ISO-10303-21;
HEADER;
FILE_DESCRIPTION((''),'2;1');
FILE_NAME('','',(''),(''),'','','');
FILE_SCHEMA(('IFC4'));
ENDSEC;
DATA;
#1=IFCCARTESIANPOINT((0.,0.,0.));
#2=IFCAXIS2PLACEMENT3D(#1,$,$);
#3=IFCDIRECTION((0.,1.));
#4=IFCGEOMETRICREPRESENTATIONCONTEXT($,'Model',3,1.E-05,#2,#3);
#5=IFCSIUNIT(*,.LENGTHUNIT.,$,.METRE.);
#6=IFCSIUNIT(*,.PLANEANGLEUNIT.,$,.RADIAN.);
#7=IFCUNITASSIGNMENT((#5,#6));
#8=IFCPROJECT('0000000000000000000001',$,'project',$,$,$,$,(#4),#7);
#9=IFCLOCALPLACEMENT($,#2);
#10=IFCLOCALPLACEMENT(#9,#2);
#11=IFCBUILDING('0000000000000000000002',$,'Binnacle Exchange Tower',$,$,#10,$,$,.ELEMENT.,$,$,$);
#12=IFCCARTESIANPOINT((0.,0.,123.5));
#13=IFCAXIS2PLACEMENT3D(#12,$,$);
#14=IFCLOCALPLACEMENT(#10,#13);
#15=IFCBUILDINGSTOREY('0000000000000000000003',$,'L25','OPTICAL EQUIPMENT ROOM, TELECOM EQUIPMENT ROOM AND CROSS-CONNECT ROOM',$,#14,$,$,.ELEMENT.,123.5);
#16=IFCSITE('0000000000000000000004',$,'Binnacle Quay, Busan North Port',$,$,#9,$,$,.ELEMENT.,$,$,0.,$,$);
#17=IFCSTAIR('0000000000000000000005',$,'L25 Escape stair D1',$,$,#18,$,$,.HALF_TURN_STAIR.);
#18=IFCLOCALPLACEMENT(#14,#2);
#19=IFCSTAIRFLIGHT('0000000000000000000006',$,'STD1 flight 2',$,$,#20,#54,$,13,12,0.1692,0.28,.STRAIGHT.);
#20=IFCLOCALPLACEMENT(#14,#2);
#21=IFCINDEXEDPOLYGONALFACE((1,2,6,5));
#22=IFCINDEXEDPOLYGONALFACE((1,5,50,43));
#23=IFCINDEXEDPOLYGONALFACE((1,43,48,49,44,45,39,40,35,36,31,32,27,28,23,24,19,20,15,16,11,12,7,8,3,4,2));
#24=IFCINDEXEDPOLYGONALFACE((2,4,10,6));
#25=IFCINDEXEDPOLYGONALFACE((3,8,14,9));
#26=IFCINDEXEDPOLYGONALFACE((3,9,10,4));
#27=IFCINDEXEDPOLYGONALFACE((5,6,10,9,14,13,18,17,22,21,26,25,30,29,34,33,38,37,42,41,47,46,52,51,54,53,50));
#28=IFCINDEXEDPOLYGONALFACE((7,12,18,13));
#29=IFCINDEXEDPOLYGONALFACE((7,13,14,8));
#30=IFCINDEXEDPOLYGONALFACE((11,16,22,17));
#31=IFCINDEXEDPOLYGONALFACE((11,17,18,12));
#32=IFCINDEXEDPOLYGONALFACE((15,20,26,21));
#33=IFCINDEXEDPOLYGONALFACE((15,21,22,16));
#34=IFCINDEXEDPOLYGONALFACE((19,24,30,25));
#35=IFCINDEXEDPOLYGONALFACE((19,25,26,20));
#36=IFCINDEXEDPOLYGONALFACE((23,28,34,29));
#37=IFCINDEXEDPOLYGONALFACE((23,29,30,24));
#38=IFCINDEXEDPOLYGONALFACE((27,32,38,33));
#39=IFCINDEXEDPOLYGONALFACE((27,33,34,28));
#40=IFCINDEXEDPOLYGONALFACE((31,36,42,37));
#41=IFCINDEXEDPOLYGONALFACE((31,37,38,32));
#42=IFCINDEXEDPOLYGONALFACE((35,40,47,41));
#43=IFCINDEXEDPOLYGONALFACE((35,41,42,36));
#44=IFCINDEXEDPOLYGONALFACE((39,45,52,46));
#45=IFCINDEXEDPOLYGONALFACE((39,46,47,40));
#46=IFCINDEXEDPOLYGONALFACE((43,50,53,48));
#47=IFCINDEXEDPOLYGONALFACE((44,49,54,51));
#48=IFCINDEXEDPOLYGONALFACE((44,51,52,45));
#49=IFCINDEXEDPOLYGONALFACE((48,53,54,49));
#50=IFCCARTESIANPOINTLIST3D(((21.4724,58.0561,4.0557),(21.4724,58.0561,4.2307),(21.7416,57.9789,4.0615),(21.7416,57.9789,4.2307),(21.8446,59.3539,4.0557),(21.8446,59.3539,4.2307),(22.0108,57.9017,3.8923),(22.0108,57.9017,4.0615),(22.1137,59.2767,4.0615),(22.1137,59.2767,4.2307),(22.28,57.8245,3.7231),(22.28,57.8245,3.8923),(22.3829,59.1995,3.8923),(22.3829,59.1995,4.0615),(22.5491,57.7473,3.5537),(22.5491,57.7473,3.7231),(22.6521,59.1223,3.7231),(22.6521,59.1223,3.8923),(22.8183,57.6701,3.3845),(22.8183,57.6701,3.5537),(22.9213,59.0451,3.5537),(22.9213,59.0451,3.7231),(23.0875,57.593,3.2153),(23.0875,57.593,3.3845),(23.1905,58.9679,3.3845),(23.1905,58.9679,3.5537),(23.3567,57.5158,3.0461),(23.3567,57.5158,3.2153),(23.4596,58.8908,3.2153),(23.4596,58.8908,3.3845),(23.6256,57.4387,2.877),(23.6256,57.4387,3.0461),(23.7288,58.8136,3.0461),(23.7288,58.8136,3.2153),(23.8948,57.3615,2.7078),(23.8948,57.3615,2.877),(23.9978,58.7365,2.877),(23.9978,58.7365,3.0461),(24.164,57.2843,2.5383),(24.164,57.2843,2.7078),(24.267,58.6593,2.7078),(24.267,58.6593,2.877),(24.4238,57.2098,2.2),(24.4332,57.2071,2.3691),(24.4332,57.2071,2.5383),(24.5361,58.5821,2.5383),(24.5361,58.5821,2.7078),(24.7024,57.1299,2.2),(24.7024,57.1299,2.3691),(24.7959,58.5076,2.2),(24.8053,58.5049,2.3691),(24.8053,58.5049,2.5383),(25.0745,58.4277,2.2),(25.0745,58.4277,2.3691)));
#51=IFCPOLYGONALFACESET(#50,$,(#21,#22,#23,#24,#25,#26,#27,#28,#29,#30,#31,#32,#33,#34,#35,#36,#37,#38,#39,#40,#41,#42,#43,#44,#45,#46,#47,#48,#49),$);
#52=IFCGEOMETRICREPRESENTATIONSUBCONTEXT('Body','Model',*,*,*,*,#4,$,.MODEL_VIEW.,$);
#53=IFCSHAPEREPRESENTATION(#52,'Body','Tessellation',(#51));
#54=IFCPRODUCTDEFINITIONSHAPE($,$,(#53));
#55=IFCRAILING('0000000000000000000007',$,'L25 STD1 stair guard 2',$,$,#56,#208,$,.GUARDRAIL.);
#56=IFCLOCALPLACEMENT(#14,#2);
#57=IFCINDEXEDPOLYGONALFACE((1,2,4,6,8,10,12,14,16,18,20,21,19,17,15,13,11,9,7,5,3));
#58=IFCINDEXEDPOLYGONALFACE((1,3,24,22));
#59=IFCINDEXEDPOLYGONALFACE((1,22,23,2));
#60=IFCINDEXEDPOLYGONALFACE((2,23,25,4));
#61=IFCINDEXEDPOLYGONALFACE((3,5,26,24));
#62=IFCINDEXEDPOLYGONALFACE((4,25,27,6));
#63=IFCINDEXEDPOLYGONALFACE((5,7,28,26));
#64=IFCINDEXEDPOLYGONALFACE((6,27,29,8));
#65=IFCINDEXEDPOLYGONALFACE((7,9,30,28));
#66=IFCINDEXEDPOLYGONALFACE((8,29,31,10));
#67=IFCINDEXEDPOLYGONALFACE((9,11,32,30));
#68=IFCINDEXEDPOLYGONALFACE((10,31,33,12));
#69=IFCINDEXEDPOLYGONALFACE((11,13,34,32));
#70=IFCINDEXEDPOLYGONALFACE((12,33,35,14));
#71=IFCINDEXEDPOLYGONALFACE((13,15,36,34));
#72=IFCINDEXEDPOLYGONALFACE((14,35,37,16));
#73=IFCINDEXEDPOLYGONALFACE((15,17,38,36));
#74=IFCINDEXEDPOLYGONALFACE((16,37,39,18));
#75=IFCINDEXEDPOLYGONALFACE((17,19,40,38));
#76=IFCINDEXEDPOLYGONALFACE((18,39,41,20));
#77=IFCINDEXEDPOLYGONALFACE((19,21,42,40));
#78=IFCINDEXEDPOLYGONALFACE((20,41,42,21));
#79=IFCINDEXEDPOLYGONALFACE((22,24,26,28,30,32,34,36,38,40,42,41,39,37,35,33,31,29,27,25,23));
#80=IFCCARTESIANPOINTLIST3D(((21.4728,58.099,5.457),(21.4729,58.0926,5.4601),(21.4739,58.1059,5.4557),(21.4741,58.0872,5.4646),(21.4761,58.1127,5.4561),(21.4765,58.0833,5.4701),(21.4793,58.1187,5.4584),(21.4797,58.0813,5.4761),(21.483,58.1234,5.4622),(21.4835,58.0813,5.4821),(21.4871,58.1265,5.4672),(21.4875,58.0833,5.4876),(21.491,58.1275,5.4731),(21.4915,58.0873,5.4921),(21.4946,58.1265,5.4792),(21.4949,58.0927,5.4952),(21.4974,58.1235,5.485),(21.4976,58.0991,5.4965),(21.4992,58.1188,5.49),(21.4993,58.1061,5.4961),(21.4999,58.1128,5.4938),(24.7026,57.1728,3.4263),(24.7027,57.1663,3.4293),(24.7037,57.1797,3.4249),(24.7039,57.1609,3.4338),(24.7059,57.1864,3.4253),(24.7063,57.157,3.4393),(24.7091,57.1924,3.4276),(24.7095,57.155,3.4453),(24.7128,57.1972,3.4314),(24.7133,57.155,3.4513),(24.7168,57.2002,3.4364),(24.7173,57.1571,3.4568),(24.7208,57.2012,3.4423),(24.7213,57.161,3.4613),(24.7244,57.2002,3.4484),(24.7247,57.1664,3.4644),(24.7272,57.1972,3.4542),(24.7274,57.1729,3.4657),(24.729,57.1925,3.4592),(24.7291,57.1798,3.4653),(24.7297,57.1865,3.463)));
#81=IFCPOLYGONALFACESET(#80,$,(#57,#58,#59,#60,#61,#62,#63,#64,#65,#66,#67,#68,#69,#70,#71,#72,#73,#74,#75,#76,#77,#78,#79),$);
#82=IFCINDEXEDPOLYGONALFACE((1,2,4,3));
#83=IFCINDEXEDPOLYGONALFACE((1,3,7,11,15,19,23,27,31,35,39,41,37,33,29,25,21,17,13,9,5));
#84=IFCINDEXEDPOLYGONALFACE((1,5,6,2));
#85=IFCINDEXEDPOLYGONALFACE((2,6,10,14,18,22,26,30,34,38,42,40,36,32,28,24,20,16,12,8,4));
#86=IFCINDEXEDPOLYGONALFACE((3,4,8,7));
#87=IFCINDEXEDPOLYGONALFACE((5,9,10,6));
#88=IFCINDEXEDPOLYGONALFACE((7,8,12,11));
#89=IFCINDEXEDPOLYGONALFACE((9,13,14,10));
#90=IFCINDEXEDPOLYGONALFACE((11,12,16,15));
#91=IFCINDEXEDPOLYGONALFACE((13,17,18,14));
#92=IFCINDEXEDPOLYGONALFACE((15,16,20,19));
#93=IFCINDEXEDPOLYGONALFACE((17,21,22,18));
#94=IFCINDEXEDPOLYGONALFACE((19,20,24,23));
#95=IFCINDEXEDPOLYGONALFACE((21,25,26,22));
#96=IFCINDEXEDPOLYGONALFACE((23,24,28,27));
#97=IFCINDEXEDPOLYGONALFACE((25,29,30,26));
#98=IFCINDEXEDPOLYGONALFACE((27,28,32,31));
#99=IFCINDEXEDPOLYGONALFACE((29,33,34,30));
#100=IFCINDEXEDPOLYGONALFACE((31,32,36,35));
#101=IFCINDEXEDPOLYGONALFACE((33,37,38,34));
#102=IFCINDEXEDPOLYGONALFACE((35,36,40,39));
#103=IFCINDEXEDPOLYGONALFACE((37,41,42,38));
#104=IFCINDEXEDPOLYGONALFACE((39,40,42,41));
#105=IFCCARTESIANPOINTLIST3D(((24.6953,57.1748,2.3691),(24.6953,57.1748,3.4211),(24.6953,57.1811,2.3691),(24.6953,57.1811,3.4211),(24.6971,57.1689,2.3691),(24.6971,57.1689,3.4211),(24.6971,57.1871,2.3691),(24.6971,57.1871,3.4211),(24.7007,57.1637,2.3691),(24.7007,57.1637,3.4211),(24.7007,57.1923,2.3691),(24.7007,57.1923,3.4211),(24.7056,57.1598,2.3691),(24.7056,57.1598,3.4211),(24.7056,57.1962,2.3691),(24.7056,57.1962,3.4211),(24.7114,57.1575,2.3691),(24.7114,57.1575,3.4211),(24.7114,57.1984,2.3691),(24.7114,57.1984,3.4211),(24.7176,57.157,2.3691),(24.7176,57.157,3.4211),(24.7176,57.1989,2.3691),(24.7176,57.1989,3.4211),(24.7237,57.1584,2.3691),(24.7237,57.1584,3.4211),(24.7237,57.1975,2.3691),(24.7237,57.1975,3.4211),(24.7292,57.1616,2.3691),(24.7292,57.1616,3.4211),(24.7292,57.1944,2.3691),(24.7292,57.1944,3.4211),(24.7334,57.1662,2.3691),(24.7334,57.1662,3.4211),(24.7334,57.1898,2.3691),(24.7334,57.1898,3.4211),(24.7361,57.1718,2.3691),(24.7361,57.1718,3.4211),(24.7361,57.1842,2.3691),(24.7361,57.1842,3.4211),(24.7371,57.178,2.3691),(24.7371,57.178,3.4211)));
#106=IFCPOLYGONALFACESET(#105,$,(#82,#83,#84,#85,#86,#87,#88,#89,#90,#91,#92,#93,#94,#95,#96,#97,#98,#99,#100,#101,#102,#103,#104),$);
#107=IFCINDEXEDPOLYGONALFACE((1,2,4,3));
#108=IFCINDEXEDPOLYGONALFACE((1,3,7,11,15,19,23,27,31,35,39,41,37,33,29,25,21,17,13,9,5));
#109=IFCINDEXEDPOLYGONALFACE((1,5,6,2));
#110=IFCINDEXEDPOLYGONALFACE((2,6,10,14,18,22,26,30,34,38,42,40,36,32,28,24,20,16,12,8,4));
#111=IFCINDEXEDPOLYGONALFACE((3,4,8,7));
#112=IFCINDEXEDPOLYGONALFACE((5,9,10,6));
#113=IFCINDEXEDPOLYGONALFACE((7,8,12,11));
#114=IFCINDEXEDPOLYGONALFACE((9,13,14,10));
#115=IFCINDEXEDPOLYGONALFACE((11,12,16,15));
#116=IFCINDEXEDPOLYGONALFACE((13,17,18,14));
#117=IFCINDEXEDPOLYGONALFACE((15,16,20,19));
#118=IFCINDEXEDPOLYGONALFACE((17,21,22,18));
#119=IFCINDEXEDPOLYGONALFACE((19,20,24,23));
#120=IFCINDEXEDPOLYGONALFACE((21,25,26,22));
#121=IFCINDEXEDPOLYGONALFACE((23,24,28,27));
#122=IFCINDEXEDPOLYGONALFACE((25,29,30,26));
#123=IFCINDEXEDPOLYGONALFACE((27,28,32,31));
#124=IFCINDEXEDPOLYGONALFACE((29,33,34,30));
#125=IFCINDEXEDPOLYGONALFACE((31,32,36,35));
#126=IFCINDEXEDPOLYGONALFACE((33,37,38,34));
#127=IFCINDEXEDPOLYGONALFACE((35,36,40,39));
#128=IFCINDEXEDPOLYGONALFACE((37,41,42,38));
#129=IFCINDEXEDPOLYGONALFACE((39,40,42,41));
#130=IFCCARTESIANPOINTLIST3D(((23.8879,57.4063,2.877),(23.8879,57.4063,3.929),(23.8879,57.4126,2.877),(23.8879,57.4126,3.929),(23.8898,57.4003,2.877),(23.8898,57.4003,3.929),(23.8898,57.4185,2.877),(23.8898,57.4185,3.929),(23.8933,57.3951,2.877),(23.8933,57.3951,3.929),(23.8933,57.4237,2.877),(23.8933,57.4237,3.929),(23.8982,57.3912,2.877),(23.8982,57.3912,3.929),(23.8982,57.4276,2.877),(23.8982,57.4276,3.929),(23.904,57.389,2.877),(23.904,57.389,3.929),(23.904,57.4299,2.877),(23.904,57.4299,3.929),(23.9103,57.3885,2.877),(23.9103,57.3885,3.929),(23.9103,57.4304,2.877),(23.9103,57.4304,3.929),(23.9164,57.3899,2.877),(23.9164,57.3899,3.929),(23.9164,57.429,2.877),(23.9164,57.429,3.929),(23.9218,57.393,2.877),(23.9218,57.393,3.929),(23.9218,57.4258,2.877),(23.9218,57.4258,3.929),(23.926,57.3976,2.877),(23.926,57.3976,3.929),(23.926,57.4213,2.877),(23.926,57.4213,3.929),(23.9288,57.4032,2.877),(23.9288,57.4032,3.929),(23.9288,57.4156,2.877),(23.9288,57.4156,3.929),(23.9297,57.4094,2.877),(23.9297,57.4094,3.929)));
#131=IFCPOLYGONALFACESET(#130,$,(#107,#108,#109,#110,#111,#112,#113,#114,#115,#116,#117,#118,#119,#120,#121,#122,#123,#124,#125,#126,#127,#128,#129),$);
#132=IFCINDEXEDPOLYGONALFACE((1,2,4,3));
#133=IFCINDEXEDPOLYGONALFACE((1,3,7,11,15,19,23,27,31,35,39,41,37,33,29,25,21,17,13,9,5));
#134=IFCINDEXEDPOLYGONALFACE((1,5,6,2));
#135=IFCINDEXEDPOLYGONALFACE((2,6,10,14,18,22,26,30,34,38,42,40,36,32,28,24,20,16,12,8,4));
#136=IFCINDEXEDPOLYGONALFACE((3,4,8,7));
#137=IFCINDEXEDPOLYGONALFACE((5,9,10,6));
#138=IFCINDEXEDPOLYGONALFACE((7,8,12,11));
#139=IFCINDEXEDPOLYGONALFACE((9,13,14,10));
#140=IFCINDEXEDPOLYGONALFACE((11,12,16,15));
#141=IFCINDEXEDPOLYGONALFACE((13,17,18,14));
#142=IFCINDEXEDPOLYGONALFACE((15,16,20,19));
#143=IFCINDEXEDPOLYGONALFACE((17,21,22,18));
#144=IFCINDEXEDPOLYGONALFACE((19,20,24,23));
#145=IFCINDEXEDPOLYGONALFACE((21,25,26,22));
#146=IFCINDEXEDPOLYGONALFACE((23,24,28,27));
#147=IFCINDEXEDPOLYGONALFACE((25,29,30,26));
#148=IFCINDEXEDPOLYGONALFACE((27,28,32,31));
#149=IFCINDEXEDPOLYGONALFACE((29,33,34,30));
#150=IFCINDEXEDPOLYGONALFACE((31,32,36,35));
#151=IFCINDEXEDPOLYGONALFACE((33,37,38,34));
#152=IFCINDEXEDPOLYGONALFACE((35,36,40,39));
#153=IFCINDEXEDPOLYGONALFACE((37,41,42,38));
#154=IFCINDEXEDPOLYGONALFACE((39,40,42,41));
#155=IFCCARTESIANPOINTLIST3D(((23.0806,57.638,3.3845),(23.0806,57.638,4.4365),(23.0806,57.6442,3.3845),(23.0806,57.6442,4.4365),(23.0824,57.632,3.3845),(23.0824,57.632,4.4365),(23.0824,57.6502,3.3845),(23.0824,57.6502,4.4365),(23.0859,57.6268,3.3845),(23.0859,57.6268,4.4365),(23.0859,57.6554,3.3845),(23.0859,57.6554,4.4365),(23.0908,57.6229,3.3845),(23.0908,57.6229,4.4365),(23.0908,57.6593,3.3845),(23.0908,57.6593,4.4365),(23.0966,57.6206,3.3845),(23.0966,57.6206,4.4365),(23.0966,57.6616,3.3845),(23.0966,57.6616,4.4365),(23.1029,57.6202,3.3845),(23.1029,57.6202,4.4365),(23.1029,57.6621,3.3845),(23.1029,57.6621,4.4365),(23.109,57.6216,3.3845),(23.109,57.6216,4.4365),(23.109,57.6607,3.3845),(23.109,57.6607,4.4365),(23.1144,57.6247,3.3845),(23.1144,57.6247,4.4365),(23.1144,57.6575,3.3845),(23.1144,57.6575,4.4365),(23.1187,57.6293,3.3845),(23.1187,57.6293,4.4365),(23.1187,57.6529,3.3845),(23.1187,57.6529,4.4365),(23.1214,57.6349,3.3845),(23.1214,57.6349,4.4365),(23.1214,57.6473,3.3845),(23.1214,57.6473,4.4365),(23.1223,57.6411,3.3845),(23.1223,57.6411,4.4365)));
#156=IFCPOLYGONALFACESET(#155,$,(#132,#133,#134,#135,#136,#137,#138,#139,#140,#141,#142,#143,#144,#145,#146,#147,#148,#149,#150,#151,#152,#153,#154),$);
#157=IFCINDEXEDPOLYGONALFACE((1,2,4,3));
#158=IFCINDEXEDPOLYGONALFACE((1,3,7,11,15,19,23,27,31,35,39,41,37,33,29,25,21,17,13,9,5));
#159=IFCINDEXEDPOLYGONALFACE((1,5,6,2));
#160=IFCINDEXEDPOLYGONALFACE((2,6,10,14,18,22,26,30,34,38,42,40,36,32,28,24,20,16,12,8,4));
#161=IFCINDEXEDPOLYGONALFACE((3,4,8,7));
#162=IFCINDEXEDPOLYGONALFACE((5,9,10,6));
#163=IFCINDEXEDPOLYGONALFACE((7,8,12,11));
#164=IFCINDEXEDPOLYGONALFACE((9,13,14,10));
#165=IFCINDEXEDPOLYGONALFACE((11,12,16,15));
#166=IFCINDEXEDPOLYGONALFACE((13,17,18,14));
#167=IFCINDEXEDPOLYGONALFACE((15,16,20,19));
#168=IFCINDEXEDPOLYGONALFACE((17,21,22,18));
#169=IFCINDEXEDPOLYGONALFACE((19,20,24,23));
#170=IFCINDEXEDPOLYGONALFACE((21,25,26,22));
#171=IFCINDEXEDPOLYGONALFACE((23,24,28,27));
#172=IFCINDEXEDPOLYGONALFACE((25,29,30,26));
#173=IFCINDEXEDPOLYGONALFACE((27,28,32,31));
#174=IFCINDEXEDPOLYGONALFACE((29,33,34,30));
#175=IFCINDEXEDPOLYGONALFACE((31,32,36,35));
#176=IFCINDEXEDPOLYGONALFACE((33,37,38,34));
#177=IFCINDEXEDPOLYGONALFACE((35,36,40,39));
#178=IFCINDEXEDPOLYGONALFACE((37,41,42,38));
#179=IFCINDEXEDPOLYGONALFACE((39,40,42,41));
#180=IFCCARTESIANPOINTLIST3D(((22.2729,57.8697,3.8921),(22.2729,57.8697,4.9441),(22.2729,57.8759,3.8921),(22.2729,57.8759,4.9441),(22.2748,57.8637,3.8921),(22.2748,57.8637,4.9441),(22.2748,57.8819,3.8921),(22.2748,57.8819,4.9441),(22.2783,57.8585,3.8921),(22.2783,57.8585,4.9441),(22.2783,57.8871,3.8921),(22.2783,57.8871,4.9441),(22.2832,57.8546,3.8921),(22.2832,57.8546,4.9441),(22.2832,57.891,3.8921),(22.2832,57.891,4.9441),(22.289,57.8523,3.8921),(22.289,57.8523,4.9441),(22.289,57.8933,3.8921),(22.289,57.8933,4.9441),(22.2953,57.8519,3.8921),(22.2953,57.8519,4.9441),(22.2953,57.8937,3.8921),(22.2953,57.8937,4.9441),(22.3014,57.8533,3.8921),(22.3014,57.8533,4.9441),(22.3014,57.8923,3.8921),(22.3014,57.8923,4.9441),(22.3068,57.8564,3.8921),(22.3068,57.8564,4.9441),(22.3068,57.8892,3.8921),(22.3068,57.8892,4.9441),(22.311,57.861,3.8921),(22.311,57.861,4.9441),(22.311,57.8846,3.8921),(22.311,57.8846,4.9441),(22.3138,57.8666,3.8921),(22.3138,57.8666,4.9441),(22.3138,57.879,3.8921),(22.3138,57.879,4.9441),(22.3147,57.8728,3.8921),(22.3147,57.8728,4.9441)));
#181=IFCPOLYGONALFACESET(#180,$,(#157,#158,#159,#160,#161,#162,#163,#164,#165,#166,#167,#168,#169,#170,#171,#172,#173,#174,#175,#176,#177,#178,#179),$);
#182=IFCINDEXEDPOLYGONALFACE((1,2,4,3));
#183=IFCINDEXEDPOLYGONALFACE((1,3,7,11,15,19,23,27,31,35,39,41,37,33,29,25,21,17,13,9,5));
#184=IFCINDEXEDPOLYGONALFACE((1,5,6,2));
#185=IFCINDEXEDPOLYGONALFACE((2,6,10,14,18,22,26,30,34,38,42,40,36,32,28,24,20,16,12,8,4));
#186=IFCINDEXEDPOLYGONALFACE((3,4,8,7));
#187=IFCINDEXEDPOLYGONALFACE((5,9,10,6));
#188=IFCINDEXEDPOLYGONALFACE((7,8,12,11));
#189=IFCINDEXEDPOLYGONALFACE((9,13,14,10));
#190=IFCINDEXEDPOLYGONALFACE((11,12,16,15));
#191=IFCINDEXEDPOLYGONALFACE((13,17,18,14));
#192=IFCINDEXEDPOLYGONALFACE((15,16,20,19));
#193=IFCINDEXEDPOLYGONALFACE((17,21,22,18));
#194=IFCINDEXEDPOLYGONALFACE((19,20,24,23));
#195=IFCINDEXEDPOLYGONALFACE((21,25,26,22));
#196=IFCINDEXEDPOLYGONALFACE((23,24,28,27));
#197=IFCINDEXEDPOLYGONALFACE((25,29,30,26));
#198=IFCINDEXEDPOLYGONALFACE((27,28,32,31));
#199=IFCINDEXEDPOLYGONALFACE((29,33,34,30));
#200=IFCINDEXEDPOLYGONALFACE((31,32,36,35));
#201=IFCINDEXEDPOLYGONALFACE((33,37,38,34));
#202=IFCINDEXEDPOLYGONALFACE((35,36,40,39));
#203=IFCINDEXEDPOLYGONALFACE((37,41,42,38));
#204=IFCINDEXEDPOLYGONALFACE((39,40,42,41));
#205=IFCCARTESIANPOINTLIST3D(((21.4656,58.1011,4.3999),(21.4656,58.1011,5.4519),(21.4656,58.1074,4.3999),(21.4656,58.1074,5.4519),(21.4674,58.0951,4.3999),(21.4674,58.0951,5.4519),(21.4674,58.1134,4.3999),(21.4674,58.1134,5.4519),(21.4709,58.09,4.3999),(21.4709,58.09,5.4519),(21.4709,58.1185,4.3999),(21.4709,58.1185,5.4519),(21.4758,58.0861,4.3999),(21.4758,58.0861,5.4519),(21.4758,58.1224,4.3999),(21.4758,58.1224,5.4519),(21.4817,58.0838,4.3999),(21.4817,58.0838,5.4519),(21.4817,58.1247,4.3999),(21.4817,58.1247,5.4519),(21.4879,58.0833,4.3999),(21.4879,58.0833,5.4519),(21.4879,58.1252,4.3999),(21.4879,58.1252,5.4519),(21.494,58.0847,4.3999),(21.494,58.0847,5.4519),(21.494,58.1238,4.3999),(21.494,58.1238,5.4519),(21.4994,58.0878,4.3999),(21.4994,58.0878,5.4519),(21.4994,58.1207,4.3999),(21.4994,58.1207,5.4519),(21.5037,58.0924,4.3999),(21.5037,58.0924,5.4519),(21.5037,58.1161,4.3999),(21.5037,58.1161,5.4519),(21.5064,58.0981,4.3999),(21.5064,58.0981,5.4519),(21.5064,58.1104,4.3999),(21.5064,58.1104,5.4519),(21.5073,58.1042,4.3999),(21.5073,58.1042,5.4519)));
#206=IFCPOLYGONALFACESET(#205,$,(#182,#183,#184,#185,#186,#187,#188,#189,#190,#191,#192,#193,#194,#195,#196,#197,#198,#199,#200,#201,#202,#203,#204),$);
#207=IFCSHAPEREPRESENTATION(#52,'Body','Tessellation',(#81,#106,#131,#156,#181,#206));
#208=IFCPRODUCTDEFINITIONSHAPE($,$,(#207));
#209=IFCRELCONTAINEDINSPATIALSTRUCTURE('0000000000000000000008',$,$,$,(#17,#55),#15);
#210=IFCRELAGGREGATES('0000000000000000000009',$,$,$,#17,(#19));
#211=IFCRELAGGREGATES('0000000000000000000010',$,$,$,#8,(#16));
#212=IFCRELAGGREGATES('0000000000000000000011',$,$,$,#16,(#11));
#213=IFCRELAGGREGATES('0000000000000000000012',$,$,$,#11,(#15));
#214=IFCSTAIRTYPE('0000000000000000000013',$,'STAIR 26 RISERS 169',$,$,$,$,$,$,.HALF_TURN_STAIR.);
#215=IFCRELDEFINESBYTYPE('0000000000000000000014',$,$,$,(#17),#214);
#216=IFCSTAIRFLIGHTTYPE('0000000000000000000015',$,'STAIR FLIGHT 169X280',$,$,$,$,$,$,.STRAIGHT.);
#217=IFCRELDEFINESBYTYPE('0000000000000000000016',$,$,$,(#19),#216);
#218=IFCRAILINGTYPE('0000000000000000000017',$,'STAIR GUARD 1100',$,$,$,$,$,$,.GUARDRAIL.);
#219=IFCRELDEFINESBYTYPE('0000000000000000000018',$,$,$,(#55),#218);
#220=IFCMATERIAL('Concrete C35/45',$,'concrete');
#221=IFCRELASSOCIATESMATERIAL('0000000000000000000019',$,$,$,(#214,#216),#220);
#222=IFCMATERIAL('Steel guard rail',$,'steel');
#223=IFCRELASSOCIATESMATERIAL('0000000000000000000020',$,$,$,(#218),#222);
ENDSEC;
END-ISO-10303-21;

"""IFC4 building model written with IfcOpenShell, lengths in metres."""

from ifc_helpers import new_model, si_unit, direction, frame, origin, origin_2d, place, context, subcontext, project, spatial, polyline, circle, outline, extrude, material, type_object, element, aggregate, save


model = new_model("IFC4")

# Units and contexts
model_context = context("Model", 3, precision=1e-05, world=origin(), true_north=direction((0.0, 1.0)))
body_context = subcontext(model_context, "Body", "Model", "MODEL_VIEW")
ifc_project = project(units=[si_unit("LENGTHUNIT", "METRE"), si_unit("PLANEANGLEUNIT", "RADIAN")], contexts=[model_context])

# Site, building, storey
site_placement = place(None, origin())
site = spatial("IfcSite", under=ifc_project, at=site_placement, Name="Binnacle Quay, Busan North Port", CompositionType="ELEMENT", RefElevation=0.0)
building_placement = place(site_placement, origin())
building = spatial("IfcBuilding", under=site, at=building_placement, Name="Binnacle Exchange Tower", CompositionType="ELEMENT")
storey_placement = place(building_placement, frame((0.0, 0.0, 123.5)))
storey = spatial("IfcBuildingStorey", under=building, at=storey_placement, Name="L25", Description="OPTICAL EQUIPMENT ROOM, TELECOM EQUIPMENT ROOM AND CROSS-CONNECT ROOM", CompositionType="ELEMENT", Elevation=123.5)

# Stair, stair flight
ifc_material_1 = material(Name="Concrete C35/45", Category="concrete")
stair_type = type_object("IfcStairType", Name="STAIR 26 RISERS 169", PredefinedType="HALF_TURN_STAIR", material=ifc_material_1)
stair_placement = place(storey_placement, origin())
stair = element("IfcStair", 1, at=stair_placement, inside=storey, type_object=stair_type, Name="L25 Escape stair D1", PredefinedType="HALF_TURN_STAIR")
stair_flight_type = type_object("IfcStairFlightType", Name="STAIR FLIGHT 169X280", PredefinedType="STRAIGHT", material=ifc_material_1)
stair_flight_1_placement = place(storey_placement, frame((24.8884, 57.7788, 2.2), z_axis=(0.0, 0.0, 1.0), x_axis=(-0.961262, 0.275637, 0.0)))
stair_flight_1 = element("IfcStairFlight", 2, at=stair_flight_1_placement, type_object=stair_flight_type, Name="STD1 flight 2", NumberOfRisers=13, NumberOfTreads=12, PredefinedType="STRAIGHT", RiserHeight=0.1692, TreadLength=0.28, context=body_context, shape_type="SweptSolid", body=[
    extrude(outline(polyline([(0.0, 0.0), (0.0, 0.1692), (0.28, 0.1692), (0.28, 0.3384), (0.5601, 0.3384), (0.5601, 0.5078), (0.8401, 0.5078), (0.8401, 0.677), (1.1201, 0.677), (1.1201, 0.8462), (1.3999, 0.8462), (1.3999, 1.0154), (1.6799, 1.0154), (1.6799, 1.1846), (1.96, 1.1846), (1.96, 1.3538), (2.24, 1.3538), (2.24, 1.5232), (2.52, 1.5232), (2.52, 1.6924), (2.8, 1.6924), (2.8, 1.8616), (3.0801, 1.8616), (3.0801, 2.0308), (3.3601, 2.0308), (3.3601, 2.2), (3.3601, 1.8557), (0.2898, 0.0), (0.0, 0.0)])), frame((0.0, 0.675, 0.0), z_axis=(0.0, -1.0, 0.0), x_axis=(1.0, 0.0, 0.0)), (0.0, 0.0, 1.0), 1.3501),
])
aggregate(stair, [stair_flight_1])

# Railing
ifc_material_2 = material(Name="Steel guard rail", Category="steel")
railing_type_1 = type_object("IfcRailingType", Name="STAIR GUARD 1100", PredefinedType="GUARDRAIL", material=ifc_material_2)
railing_1_placement = place(storey_placement, frame((24.7161, 57.178, 2.3691)))
element("IfcRailing", 3, at=railing_1_placement, inside=storey, type_object=railing_type_1, Name="L25 STD1 stair guard 2", PredefinedType="GUARDRAIL", context=body_context, shape_type="SweptSolid", body=[
    extrude(circle(Radius=0.0239, at=origin_2d()), frame((0.0, 0.0, 1.0762), z_axis=(-0.822661, 0.235935, 0.517265), x_axis=(-0.275681, -0.961249, 0.0)), (0.0, 0.0, 1.0), 3.926),
    extrude(circle(Radius=0.021, at=origin_2d()), origin(), (0.0, 0.0, 1.0), 1.052),
    extrude(circle(Radius=0.021, at=origin_2d()), frame((-0.8074, 0.2314, 0.5078)), (0.0, 0.0, 1.0), 1.052),
    extrude(circle(Radius=0.021, at=origin_2d()), frame((-1.6147, 0.4631, 1.0154)), (0.0, 0.0, 1.0), 1.052),
    extrude(circle(Radius=0.021, at=origin_2d()), frame((-2.4224, 0.6948, 1.5229)), (0.0, 0.0, 1.0), 1.052),
    extrude(circle(Radius=0.021, at=origin_2d()), frame((-3.2297, 0.9263, 2.0308)), (0.0, 0.0, 1.0), 1.052),
])

save(model, "model.ifc")
